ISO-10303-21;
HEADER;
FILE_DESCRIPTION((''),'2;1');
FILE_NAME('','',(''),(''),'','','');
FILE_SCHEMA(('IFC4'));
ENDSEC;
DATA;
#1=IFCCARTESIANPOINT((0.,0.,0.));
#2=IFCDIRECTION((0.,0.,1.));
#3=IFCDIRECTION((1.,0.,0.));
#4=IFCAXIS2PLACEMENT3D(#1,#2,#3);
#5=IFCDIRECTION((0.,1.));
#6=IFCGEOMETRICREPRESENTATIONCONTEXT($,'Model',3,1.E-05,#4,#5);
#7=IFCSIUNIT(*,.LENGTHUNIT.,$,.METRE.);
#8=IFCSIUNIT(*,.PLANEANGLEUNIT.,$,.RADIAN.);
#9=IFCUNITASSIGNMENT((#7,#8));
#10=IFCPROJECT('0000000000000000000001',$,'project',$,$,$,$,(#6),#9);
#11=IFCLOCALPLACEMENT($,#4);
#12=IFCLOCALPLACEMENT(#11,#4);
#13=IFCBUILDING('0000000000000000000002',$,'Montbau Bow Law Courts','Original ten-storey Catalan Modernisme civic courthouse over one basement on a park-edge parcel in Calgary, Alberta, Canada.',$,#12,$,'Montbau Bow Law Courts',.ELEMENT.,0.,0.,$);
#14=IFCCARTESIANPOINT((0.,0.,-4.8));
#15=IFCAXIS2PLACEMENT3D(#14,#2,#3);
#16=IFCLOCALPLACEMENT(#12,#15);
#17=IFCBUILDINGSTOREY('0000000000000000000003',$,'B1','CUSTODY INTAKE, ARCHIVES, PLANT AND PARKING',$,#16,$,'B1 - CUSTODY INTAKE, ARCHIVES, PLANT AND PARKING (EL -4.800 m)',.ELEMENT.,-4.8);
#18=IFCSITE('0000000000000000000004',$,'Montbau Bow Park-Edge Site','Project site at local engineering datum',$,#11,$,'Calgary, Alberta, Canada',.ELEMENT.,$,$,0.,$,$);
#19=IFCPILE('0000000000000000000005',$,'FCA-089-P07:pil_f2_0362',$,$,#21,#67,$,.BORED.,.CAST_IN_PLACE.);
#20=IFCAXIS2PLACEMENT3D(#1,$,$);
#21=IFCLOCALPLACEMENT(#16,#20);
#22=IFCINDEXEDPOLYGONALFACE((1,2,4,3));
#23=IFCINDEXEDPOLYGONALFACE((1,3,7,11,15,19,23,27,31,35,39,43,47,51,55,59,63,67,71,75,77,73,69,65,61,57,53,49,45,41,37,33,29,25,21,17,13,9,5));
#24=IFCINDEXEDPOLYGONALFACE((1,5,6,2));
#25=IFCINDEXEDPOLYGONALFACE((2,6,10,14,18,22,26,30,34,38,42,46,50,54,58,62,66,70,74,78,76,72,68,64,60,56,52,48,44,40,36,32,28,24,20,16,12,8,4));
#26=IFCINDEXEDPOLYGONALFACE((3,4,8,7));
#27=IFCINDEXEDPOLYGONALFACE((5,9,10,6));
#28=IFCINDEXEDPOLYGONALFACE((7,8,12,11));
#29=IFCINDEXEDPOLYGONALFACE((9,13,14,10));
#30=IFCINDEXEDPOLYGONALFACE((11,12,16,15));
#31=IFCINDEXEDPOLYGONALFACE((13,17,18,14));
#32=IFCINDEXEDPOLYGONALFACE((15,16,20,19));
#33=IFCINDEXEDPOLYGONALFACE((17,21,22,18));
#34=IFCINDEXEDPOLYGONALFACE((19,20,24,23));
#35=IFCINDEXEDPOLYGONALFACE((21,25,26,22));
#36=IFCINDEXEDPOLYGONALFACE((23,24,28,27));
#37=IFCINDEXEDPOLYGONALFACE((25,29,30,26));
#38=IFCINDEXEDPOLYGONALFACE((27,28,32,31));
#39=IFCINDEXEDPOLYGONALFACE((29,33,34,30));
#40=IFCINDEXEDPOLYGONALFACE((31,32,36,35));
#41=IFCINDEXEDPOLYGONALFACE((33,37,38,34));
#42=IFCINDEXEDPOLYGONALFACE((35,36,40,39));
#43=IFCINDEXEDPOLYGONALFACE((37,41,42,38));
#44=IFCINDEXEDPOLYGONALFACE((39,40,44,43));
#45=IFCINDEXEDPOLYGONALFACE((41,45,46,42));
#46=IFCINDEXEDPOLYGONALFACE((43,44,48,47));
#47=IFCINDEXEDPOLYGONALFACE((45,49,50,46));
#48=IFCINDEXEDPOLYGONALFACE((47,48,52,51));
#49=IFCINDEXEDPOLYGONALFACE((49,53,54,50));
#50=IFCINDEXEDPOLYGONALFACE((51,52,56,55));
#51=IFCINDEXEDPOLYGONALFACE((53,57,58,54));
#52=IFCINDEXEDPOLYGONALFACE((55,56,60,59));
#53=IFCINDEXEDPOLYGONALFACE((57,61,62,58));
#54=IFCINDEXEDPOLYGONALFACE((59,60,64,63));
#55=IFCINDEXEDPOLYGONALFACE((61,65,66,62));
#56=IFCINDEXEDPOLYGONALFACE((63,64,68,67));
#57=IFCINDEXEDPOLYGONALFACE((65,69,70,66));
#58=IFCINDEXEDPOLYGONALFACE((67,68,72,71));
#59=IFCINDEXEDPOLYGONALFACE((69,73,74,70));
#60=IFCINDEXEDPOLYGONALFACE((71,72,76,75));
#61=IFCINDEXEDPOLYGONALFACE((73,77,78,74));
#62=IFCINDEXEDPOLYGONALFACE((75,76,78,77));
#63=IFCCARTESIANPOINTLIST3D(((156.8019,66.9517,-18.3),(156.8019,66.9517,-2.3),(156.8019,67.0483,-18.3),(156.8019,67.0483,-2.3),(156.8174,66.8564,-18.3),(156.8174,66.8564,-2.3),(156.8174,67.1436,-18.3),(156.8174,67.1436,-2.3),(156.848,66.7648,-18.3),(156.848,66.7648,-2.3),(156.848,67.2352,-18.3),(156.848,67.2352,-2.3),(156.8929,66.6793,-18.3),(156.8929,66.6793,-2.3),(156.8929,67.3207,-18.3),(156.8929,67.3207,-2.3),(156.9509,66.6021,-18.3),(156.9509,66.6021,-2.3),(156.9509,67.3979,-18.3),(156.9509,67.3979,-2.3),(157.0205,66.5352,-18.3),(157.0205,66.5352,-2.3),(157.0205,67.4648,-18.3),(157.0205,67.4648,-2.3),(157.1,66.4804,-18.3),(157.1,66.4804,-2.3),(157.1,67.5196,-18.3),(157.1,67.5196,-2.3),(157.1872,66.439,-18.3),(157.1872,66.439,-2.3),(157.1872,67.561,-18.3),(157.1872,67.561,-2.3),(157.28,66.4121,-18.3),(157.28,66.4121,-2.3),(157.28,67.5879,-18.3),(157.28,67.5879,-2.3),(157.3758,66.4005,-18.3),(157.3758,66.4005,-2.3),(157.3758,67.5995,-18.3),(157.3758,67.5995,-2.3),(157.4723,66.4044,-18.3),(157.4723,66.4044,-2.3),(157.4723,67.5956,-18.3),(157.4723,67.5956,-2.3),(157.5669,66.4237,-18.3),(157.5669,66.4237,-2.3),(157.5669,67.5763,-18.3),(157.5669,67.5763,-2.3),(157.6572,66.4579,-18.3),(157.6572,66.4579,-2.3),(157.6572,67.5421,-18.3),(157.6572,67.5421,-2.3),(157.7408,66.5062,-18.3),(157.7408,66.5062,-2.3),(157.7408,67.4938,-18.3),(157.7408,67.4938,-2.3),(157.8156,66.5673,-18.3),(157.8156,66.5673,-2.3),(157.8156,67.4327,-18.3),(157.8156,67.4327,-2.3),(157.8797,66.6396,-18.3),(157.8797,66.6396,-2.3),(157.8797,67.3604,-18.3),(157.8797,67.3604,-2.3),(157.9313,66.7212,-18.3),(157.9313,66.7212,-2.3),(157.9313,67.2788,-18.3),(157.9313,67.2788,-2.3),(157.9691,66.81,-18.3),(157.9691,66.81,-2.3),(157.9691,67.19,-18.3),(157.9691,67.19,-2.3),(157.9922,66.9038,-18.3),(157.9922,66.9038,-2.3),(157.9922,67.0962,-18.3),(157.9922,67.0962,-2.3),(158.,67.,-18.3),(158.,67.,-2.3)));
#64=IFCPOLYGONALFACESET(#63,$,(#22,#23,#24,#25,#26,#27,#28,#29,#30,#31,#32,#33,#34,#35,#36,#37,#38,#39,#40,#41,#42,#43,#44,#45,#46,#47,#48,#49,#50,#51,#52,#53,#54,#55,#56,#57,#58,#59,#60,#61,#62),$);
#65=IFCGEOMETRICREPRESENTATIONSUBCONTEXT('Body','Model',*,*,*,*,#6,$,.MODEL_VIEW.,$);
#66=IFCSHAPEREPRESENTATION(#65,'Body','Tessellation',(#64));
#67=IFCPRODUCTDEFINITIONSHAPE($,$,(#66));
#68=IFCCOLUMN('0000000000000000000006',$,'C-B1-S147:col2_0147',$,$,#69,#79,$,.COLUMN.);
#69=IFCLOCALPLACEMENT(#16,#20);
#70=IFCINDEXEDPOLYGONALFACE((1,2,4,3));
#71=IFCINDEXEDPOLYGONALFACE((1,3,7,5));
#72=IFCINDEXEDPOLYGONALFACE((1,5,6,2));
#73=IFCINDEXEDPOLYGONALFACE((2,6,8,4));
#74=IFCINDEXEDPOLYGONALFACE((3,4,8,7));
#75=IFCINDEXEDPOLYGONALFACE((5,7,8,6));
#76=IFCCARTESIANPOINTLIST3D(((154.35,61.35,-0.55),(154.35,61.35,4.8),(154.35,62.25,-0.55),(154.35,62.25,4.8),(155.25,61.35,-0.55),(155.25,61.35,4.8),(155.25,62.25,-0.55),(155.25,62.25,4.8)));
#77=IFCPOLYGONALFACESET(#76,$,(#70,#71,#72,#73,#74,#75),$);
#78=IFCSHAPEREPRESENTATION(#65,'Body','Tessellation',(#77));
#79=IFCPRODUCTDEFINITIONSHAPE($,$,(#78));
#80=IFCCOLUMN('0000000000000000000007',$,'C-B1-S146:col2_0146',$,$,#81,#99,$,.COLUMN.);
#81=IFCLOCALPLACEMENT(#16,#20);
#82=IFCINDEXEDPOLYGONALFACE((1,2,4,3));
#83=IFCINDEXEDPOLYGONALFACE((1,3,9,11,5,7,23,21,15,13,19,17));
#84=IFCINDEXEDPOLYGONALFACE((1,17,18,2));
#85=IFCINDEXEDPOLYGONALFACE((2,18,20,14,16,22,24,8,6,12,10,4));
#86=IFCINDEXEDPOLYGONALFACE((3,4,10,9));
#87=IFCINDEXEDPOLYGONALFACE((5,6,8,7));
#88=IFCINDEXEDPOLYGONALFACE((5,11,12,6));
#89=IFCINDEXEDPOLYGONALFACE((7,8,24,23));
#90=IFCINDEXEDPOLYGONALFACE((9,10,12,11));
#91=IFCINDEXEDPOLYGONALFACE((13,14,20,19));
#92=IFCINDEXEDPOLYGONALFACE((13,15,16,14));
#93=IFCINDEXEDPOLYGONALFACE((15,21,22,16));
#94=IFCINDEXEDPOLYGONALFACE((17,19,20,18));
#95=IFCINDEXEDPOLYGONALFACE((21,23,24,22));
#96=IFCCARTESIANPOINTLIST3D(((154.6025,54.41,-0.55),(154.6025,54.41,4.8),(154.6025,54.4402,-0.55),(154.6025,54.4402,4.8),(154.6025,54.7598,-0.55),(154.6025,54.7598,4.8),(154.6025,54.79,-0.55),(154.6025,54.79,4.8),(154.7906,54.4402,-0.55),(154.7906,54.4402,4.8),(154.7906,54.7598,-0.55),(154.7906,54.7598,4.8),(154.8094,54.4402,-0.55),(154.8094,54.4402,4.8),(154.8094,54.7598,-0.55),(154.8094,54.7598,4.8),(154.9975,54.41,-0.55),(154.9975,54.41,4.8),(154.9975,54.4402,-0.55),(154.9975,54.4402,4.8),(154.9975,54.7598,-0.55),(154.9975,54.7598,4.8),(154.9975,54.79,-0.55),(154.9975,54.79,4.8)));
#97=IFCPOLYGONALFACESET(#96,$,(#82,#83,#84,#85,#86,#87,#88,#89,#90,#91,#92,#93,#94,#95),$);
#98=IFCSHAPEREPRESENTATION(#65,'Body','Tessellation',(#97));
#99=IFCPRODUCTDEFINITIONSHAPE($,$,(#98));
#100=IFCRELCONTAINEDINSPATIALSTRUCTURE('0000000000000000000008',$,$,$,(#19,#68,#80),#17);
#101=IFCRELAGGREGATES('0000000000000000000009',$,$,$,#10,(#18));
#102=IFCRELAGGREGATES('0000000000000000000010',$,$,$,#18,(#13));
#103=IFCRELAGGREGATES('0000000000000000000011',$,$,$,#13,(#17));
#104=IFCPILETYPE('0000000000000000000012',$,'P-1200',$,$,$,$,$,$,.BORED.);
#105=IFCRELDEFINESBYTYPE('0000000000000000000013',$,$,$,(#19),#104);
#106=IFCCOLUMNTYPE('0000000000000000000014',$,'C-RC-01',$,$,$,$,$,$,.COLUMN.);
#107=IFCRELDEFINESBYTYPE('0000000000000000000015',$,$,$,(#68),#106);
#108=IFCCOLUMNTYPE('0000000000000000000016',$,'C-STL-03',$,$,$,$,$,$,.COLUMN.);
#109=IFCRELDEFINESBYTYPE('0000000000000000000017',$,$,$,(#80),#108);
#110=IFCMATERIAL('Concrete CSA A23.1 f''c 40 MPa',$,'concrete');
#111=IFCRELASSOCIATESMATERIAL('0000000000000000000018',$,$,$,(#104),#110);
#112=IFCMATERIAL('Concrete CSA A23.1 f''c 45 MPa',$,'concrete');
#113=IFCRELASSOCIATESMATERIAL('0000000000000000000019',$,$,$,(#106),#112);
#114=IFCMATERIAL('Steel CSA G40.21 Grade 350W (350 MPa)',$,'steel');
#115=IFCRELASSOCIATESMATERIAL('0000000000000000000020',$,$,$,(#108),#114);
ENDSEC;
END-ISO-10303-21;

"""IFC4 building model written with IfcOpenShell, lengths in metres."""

from ifc_helpers import new_model, si_unit, direction, frame, origin_with_axes, origin_2d_with_axis, place, context, subcontext, project, spatial, rectangle, circle, i_section, extrude, material, material_profile, profile_set, type_object, element, save


model = new_model("IFC4")

# Units and contexts
model_context = context("Model", 3, precision=1e-05, world=origin_with_axes(), true_north=direction((0.0, 1.0)))
body_context = subcontext(model_context, "Body", "Model", "MODEL_VIEW")
ifc_project = project(units=[si_unit("LENGTHUNIT", "METRE"), si_unit("PLANEANGLEUNIT", "RADIAN")], contexts=[model_context])

# Site, building, storey
site_placement = place(None, origin_with_axes())
site = spatial("IfcSite", under=ifc_project, at=site_placement, Name="Montbau Bow Park-Edge Site", Description="Project site at local engineering datum", LongName="Calgary, Alberta, Canada", CompositionType="ELEMENT", RefElevation=0.0)
building_placement = place(site_placement, origin_with_axes())
building = spatial("IfcBuilding", under=site, at=building_placement, Name="Montbau Bow Law Courts", Description="Original ten-storey Catalan Modernisme civic courthouse over one basement on a park-edge parcel in Calgary, Alberta, Canada.", LongName="Montbau Bow Law Courts", CompositionType="ELEMENT", ElevationOfRefHeight=0.0, ElevationOfTerrain=0.0)
storey_placement = place(building_placement, frame((0.0, 0.0, -4.8), z_axis=(0.0, 0.0, 1.0), x_axis=(1.0, 0.0, 0.0)))
storey = spatial("IfcBuildingStorey", under=building, at=storey_placement, Name="B1", Description="CUSTODY INTAKE, ARCHIVES, PLANT AND PARKING", LongName="B1 - CUSTODY INTAKE, ARCHIVES, PLANT AND PARKING (EL -4.800 m)", CompositionType="ELEMENT", Elevation=-4.8)

# Pile
ifc_material_1 = material(Name="Concrete CSA A23.1 f'c 40 MPa", Category="concrete")
ifc_material_profile_1 = material_profile(ifc_material_1, circle(Radius=0.6, at=origin_2d_with_axis()), Name="BP1200", Category="Main", Priority=0)
ifc_profile_set_1 = profile_set([ifc_material_profile_1], Name="Concrete CSA A23.1 f'c 40 MPa")
pile_type_1 = type_object("IfcPileType", Name="P-1200", PredefinedType="BORED", material=ifc_profile_set_1)
for number, where, z_axis, x_axis, name in (
    (1, (157.4, 67.0, -23.1), (0.0, 0.0, 1.0), (1.0, 0.0, 0.0), "FCA-089-P07:pil_f2_0362"),
):
    element("IfcPile", number, at=place(None, frame(where, z_axis=z_axis, x_axis=x_axis)), inside=storey, type_object=pile_type_1, Name=name, ConstructionType="CAST_IN_PLACE", PredefinedType="BORED", context=body_context, shape_type="SweptSolid", body=[
        extrude(circle(Radius=0.6, at=origin_2d_with_axis()), origin_with_axes(), (0.0, 0.0, 1.0), 16.0),
    ])

# Columns
ifc_material_2 = material(Name="Concrete CSA A23.1 f'c 45 MPa", Category="concrete")
ifc_material_profile_2 = material_profile(ifc_material_2, rectangle(XDim=0.9, YDim=0.9, at=origin_2d_with_axis()), Name="RC900X900", Category="Main", Priority=0)
ifc_profile_set_2 = profile_set([ifc_material_profile_2], Name="Concrete CSA A23.1 f'c 45 MPa")
column_type_1 = type_object("IfcColumnType", Name="C-RC-01", PredefinedType="COLUMN", material=ifc_profile_set_2)
column_1_placement = place(None, frame((154.8, 61.8, -5.35), z_axis=(0.0, 0.0, 1.0), x_axis=(1.0, 0.0, 0.0)))
element("IfcColumn", 2, at=column_1_placement, inside=storey, type_object=column_type_1, Name="C-B1-S147:col2_0147", PredefinedType="COLUMN", context=body_context, shape_type="SweptSolid", body=[
    extrude(rectangle(XDim=0.9, YDim=0.9, at=origin_2d_with_axis()), origin_with_axes(), (0.0, 0.0, 1.0), 5.35),
])
ifc_material_3 = material(Name="Steel CSA G40.21 Grade 350W (350 MPa)", Category="steel")
ifc_material_profile_3 = material_profile(ifc_material_3, i_section(OverallWidth=0.395, OverallDepth=0.38, WebThickness=0.0189, FlangeThickness=0.0302, at=origin_2d_with_axis()), Name="W360X237", Category="Main", Priority=0)
ifc_profile_set_3 = profile_set([ifc_material_profile_3], Name="Steel CSA G40.21 Grade 350W (350 MPa)")
column_type_2 = type_object("IfcColumnType", Name="C-STL-03", PredefinedType="COLUMN", material=ifc_profile_set_3)
column_2_placement = place(None, frame((154.8, 54.6, -5.35), z_axis=(0.0, 0.0, 1.0), x_axis=(1.0, 0.0, 0.0)))
element("IfcColumn", 3, at=column_2_placement, inside=storey, type_object=column_type_2, Name="C-B1-S146:col2_0146", PredefinedType="COLUMN", context=body_context, shape_type="SweptSolid", body=[
    extrude(i_section(OverallWidth=0.395, OverallDepth=0.38, WebThickness=0.0189, FlangeThickness=0.0302, at=origin_2d_with_axis()), origin_with_axes(), (0.0, 0.0, 1.0), 5.35),
])

save(model, "model.ifc")
